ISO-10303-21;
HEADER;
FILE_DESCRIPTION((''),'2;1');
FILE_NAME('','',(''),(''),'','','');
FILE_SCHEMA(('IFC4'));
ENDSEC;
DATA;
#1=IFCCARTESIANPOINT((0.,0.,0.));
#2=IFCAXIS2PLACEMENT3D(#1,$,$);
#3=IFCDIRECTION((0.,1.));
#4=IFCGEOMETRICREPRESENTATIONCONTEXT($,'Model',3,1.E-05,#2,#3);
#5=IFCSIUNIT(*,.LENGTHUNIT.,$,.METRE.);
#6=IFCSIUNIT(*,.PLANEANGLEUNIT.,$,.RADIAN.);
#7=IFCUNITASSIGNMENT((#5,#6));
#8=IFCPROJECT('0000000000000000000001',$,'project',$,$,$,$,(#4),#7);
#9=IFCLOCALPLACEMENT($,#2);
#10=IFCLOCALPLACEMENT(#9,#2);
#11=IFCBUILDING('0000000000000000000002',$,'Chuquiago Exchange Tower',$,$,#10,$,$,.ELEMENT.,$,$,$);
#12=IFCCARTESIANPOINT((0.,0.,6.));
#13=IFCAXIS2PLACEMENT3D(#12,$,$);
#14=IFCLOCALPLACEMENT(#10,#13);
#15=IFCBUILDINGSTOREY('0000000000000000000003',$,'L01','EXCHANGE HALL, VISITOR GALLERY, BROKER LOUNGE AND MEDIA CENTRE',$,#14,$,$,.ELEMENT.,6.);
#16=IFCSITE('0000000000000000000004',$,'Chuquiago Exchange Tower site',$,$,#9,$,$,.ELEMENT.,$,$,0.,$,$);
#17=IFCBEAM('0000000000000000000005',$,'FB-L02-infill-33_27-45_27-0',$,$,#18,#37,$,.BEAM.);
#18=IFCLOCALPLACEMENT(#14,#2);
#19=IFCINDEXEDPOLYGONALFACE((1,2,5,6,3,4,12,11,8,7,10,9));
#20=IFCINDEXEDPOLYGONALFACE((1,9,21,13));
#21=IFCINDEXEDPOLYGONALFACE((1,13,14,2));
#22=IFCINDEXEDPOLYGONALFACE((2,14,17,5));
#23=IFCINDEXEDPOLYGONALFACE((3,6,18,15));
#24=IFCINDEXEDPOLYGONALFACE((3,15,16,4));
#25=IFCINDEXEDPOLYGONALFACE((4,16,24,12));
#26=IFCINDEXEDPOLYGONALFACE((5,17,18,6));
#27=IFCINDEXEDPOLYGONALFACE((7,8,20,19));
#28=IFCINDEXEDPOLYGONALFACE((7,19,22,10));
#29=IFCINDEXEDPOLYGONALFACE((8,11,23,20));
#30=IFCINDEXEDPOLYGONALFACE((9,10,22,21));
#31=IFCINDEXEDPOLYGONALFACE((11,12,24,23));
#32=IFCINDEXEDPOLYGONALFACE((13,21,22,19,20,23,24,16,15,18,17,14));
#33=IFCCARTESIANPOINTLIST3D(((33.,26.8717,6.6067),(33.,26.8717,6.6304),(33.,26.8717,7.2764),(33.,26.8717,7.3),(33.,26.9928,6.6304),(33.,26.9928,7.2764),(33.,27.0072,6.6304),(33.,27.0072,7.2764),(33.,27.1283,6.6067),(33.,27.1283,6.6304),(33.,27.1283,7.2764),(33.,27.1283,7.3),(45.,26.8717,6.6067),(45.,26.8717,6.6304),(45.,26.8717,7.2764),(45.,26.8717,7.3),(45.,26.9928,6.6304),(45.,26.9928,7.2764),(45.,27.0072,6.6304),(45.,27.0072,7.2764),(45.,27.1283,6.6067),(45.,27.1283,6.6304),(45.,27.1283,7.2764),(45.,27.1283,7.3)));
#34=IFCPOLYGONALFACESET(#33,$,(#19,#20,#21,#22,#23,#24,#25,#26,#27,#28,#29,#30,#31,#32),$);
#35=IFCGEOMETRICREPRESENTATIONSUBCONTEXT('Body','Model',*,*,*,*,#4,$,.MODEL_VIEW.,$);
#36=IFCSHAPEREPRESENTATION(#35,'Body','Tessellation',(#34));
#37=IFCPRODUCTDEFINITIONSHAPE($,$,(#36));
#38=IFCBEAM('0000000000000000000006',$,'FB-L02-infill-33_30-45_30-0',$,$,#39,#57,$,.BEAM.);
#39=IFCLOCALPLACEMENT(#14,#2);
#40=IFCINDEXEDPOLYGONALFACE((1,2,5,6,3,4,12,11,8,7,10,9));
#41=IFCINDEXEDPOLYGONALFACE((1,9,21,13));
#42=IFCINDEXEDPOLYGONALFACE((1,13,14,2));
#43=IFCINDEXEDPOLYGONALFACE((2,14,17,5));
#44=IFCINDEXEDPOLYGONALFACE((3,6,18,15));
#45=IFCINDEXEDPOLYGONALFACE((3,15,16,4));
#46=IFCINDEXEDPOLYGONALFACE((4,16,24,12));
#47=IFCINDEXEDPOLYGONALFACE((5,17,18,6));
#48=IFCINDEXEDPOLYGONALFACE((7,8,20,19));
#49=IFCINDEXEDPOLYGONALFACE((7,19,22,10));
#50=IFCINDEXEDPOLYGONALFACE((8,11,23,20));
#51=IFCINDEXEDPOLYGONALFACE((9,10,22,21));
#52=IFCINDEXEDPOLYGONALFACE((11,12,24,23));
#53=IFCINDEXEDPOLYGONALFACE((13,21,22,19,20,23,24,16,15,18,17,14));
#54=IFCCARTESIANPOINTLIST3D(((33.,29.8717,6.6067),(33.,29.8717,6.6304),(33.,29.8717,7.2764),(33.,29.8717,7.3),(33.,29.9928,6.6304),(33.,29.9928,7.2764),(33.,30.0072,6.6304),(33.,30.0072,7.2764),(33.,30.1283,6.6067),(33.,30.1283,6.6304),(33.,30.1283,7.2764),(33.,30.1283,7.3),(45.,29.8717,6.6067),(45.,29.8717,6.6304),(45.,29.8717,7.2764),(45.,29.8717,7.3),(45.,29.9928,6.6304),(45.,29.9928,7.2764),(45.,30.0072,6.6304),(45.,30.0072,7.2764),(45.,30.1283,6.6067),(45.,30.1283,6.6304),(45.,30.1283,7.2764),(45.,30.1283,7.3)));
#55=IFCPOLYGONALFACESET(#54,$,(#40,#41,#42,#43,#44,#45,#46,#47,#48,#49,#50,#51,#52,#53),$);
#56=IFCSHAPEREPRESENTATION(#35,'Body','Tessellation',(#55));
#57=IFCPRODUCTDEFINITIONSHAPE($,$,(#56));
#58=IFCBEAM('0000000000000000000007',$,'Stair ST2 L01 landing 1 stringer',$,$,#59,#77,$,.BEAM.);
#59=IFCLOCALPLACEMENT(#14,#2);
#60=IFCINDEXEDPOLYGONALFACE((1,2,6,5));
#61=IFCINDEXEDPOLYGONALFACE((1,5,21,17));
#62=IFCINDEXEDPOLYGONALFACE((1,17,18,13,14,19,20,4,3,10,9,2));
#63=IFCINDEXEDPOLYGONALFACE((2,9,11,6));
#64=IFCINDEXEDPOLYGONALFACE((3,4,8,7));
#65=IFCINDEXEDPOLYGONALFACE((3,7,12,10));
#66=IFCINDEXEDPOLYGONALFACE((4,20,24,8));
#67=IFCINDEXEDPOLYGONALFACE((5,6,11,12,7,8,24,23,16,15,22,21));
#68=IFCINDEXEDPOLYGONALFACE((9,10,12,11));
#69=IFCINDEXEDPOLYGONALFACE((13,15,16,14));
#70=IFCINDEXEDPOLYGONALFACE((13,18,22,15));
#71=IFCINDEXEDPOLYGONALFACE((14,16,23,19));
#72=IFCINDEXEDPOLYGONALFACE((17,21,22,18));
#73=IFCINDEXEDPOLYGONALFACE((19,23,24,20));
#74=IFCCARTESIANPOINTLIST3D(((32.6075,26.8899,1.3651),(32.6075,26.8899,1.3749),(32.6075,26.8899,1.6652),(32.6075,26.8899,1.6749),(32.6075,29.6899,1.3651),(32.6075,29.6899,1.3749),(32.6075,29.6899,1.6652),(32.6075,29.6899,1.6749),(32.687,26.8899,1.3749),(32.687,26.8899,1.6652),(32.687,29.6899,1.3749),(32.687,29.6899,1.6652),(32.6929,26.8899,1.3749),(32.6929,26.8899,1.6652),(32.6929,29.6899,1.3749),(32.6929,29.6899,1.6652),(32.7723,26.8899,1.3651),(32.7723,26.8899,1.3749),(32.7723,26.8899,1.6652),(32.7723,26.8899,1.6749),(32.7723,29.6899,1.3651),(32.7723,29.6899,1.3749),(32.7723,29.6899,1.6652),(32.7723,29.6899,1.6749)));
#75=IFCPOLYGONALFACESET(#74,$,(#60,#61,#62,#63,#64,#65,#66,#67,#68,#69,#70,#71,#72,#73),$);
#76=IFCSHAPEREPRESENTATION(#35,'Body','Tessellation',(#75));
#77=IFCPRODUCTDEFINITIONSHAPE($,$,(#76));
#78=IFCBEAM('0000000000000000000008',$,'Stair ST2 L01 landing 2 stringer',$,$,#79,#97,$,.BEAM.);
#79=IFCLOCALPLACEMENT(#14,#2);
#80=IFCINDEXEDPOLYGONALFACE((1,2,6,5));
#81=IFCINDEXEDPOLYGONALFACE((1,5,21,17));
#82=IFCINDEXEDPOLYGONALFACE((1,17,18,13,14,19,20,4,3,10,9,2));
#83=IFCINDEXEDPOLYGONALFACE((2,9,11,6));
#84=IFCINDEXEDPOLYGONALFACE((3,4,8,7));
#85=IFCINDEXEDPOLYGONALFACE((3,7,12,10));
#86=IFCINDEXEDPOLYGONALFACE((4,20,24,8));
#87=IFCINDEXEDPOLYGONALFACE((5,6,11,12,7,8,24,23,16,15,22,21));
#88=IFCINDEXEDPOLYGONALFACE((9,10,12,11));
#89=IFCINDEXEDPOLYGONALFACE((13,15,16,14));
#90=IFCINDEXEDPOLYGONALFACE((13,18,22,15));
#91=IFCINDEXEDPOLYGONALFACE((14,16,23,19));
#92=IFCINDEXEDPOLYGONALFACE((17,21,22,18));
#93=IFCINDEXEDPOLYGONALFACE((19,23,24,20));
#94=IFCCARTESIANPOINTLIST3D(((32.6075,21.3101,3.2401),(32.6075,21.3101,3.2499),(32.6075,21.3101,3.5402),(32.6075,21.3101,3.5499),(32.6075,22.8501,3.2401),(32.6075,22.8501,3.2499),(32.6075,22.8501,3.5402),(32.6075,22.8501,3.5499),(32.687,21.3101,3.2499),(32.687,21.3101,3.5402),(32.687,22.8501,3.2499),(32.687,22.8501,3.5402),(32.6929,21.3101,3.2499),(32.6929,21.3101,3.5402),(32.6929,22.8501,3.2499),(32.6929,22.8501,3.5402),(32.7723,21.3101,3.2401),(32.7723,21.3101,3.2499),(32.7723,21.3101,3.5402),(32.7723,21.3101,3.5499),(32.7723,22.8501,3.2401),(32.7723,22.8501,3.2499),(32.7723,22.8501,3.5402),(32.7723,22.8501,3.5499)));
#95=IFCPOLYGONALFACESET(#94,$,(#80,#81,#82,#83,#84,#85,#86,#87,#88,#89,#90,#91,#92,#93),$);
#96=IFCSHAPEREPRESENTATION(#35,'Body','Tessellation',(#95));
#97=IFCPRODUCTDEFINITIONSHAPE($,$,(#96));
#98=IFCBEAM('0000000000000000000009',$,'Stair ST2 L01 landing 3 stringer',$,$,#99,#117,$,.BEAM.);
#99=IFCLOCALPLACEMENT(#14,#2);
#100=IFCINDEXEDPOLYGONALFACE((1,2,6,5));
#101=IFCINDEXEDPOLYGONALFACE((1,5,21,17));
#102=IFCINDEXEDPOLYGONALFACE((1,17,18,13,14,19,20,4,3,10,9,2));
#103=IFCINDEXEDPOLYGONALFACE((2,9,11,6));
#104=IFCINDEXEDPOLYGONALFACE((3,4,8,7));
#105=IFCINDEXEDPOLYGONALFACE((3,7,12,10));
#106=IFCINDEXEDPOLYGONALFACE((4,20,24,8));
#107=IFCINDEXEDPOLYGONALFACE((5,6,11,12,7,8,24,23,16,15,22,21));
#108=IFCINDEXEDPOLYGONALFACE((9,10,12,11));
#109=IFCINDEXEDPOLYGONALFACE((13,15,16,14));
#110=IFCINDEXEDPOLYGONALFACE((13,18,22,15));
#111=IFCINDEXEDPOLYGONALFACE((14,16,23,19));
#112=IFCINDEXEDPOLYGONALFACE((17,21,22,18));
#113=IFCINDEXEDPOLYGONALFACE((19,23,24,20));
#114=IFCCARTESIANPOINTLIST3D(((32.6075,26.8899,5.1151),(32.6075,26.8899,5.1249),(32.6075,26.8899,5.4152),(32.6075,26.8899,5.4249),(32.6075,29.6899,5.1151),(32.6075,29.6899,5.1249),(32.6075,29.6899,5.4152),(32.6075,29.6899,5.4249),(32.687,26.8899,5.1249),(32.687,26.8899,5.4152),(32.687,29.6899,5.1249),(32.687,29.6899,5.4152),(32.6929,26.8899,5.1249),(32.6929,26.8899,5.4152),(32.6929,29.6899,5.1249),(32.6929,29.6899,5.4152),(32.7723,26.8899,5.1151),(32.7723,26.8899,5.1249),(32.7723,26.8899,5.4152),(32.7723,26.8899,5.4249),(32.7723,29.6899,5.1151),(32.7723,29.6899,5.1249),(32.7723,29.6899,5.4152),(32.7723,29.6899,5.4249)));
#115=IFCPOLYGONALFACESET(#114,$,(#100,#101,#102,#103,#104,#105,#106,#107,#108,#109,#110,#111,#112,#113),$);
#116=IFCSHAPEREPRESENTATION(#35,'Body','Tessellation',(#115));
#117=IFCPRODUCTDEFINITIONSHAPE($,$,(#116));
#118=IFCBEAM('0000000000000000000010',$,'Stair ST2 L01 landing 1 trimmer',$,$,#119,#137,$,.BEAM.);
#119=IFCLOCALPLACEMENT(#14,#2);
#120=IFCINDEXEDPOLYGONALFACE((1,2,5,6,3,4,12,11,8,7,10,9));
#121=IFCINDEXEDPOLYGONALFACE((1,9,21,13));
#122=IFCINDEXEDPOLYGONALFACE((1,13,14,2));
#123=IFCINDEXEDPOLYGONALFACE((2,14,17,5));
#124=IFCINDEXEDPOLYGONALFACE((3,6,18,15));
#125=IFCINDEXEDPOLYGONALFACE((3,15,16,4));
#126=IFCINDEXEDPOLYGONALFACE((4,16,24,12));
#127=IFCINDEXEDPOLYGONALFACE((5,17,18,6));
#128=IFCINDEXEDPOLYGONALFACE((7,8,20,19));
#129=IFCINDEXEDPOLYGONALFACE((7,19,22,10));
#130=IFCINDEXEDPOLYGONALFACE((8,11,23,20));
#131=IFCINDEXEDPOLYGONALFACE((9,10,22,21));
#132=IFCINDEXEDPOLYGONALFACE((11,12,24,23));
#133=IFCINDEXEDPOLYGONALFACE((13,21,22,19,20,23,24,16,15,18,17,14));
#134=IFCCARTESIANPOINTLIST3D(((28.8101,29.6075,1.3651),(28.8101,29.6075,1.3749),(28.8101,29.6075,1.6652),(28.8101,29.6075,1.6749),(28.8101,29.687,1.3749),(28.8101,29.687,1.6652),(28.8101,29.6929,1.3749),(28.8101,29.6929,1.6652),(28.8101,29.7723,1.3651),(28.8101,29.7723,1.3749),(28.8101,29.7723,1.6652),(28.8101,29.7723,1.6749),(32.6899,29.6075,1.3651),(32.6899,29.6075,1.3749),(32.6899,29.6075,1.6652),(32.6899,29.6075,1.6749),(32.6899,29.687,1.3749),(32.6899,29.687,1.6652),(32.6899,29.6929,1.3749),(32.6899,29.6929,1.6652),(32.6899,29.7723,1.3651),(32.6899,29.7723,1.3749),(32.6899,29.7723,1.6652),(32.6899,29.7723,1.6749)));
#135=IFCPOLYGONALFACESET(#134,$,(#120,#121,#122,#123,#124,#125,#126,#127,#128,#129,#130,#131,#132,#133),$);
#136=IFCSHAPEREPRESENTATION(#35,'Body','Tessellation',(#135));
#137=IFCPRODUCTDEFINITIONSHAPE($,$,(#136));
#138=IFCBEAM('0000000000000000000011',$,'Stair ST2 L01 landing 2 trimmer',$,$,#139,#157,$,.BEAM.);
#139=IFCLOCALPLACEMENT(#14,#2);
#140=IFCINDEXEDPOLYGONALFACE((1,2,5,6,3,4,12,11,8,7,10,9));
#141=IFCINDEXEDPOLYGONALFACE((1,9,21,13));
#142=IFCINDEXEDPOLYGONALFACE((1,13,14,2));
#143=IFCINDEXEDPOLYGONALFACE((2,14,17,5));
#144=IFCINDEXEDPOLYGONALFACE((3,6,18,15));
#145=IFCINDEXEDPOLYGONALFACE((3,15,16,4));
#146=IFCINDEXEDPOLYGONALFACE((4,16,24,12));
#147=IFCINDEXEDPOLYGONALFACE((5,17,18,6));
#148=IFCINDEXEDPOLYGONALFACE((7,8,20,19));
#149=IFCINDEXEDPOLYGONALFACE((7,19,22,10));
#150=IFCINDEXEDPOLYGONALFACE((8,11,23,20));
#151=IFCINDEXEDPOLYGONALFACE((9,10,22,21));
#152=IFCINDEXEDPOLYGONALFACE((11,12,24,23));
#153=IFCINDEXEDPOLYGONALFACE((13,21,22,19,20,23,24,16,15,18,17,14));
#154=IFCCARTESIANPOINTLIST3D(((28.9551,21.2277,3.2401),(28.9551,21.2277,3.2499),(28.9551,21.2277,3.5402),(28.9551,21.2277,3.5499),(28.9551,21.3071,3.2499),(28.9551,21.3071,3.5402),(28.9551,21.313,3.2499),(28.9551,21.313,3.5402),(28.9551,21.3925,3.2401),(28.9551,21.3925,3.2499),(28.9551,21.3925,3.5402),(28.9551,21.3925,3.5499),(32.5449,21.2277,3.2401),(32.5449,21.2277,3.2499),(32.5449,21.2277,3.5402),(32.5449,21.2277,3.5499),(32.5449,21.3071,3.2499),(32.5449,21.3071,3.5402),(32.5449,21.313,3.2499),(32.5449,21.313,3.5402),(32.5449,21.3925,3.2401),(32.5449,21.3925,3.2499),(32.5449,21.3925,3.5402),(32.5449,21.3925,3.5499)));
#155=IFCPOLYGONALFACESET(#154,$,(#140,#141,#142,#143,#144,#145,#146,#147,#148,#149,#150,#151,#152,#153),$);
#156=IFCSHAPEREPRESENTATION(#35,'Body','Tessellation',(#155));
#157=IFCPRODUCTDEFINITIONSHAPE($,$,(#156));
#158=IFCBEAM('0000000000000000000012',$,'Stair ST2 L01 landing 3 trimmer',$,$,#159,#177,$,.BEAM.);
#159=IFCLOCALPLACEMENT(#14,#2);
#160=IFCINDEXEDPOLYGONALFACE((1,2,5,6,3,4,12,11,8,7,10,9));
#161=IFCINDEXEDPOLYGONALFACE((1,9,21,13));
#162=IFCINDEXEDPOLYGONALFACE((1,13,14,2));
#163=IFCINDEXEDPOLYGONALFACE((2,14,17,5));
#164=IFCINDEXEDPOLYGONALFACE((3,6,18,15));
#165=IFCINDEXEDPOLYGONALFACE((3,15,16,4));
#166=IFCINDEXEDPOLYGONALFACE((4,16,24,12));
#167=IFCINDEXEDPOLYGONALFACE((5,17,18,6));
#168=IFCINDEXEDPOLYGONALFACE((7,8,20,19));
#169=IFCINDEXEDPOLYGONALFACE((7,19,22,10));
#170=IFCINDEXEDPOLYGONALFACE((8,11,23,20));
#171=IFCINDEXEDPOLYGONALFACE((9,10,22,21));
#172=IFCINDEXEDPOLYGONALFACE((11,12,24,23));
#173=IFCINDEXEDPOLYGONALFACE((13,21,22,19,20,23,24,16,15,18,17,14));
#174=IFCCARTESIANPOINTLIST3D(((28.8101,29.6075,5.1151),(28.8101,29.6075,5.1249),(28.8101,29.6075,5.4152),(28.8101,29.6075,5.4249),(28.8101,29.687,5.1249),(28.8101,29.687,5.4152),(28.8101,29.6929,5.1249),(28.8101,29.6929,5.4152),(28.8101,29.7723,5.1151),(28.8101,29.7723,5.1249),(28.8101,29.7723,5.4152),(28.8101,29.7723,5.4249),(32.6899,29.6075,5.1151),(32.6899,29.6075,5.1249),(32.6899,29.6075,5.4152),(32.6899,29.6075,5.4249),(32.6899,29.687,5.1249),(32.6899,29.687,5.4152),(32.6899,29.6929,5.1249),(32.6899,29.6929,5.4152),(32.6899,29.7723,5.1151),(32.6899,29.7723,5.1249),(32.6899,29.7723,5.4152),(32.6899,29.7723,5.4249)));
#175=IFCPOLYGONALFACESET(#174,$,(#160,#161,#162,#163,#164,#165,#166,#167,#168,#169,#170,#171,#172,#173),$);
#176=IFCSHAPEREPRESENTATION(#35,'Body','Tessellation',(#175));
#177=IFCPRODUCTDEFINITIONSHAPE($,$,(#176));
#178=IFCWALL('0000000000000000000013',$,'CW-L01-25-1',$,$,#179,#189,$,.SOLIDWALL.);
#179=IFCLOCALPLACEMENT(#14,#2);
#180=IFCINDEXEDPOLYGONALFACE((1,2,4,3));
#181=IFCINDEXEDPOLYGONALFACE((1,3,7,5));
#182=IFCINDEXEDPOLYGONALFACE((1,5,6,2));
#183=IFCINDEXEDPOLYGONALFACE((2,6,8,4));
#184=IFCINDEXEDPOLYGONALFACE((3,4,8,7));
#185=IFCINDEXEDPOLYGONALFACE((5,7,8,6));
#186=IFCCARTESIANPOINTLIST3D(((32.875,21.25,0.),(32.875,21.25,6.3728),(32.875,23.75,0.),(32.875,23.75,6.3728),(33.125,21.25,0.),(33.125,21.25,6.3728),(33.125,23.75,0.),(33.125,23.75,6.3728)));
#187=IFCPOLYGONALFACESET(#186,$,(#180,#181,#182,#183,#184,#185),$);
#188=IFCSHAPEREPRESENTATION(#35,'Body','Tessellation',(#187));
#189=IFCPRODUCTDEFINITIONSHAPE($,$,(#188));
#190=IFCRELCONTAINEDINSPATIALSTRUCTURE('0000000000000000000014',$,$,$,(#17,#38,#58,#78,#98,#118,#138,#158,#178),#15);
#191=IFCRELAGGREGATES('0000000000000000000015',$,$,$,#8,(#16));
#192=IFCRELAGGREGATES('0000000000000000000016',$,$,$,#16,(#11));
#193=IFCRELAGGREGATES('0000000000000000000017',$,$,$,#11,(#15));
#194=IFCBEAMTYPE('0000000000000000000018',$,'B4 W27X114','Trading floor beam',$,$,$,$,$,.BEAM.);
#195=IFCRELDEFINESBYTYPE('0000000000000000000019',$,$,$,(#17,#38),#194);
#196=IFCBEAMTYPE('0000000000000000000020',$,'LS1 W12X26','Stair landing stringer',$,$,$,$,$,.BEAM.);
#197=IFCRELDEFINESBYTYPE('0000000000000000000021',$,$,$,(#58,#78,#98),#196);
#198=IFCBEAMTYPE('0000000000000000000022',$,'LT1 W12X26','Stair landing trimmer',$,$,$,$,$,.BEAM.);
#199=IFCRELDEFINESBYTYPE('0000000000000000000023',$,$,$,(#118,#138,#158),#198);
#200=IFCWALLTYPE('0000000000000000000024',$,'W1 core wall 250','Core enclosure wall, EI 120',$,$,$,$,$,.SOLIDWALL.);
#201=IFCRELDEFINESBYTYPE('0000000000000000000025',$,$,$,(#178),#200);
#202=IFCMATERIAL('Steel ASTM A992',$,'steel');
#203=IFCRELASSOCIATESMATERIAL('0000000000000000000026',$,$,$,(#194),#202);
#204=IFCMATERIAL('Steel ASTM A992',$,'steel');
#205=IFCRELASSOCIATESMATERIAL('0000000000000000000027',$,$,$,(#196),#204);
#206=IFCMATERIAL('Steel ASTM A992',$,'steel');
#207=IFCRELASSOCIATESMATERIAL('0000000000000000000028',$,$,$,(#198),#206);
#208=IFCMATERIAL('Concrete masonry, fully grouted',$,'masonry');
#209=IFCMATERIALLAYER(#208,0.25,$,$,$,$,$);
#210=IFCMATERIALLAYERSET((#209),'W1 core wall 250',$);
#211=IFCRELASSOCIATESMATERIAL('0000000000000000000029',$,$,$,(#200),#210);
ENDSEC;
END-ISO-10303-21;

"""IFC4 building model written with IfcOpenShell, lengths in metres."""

from ifc_helpers import new_model, si_unit, direction, frame, frame_2d, origin, origin_2d, place, context, subcontext, project, spatial, rectangle, i_section, extrude, material, layer, layer_set, material_profile, profile_set, type_object, element, save


model = new_model("IFC4")

# Units and contexts
model_context = context("Model", 3, precision=1e-05, world=origin(), true_north=direction((0.0, 1.0)))
body_context = subcontext(model_context, "Body", "Model", "MODEL_VIEW")
ifc_project = project(units=[si_unit("LENGTHUNIT", "METRE"), si_unit("PLANEANGLEUNIT", "RADIAN")], contexts=[model_context])

# Site, building, storey
site_placement = place(None, origin())
site = spatial("IfcSite", under=ifc_project, at=site_placement, Name="Chuquiago Exchange Tower site", CompositionType="ELEMENT", RefElevation=0.0)
building_placement = place(site_placement, origin())
building = spatial("IfcBuilding", under=site, at=building_placement, Name="Chuquiago Exchange Tower", CompositionType="ELEMENT")
storey_placement = place(building_placement, frame((0.0, 0.0, 6.0)))
storey = spatial("IfcBuildingStorey", under=building, at=storey_placement, Name="L01", Description="EXCHANGE HALL, VISITOR GALLERY, BROKER LOUNGE AND MEDIA CENTRE", CompositionType="ELEMENT", Elevation=6.0)

# Beams
ifc_material_1 = material(Name="Steel ASTM A992", Category="steel")
ifc_material_profile_1 = material_profile(ifc_material_1, i_section(OverallWidth=0.2566, OverallDepth=0.6934, WebThickness=0.0144, FlangeThickness=0.0237, at=origin_2d()), Name="W27X114")
ifc_profile_set_1 = profile_set([ifc_material_profile_1], Name="Steel ASTM A992")
beam_type_1 = type_object("IfcBeamType", Name="B4 W27X114", Description="Trading floor beam", PredefinedType="BEAM", material=ifc_profile_set_1)
for number, where, z_axis, x_axis, name in (
    (1, (33.0, 27.0, 6.9534), (1.0, 0.0, 0.0), (0.0, 1.0, 0.0), "FB-L02-infill-33_27-45_27-0"),
    (2, (33.0, 30.0, 6.9534), (1.0, 0.0, 0.0), (0.0, 1.0, 0.0), "FB-L02-infill-33_30-45_30-0"),
):
    element("IfcBeam", number, at=place(storey_placement, frame(where, z_axis=z_axis, x_axis=x_axis)), inside=storey, type_object=beam_type_1, Name=name, PredefinedType="BEAM", context=body_context, shape_type="SweptSolid", body=[
        extrude(i_section(OverallWidth=0.2566, OverallDepth=0.6934, WebThickness=0.0144, FlangeThickness=0.0237, at=origin_2d()), origin(), (0.0, 0.0, 1.0), 12.0),
    ])
ifc_material_2 = material(Name="Steel ASTM A992", Category="steel")
ifc_material_profile_2 = material_profile(ifc_material_2, i_section(OverallWidth=0.1648, OverallDepth=0.3098, WebThickness=0.0059, FlangeThickness=0.0098, at=origin_2d()), Name="W12X26")
ifc_profile_set_2 = profile_set([ifc_material_profile_2], Name="Steel ASTM A992")
beam_type_2 = type_object("IfcBeamType", Name="LS1 W12X26", Description="Stair landing stringer", PredefinedType="BEAM", material=ifc_profile_set_2)
beam_1_placement = place(storey_placement, frame((32.6899, 26.8899, 1.52), z_axis=(0.0, 1.0, 0.0), x_axis=(-1.0, 0.0, 0.0)))
element("IfcBeam", 3, at=beam_1_placement, inside=storey, type_object=beam_type_2, Name="Stair ST2 L01 landing 1 stringer", PredefinedType="BEAM", context=body_context, shape_type="SweptSolid", body=[
    extrude(i_section(OverallWidth=0.1648, OverallDepth=0.3098, WebThickness=0.0059, FlangeThickness=0.0098, at=origin_2d()), origin(), (0.0, 0.0, 1.0), 2.8),
])
beam_2_placement = place(storey_placement, frame((32.6899, 21.3101, 3.395), z_axis=(0.0, 1.0, 0.0), x_axis=(-1.0, 0.0, 0.0)))
element("IfcBeam", 4, at=beam_2_placement, inside=storey, type_object=beam_type_2, Name="Stair ST2 L01 landing 2 stringer", PredefinedType="BEAM", context=body_context, shape_type="SweptSolid", body=[
    extrude(i_section(OverallWidth=0.1648, OverallDepth=0.3098, WebThickness=0.0059, FlangeThickness=0.0098, at=origin_2d()), origin(), (0.0, 0.0, 1.0), 1.54),
])
beam_3_placement = place(storey_placement, frame((32.6899, 26.8899, 5.27), z_axis=(0.0, 1.0, 0.0), x_axis=(-1.0, 0.0, 0.0)))
element("IfcBeam", 5, at=beam_3_placement, inside=storey, type_object=beam_type_2, Name="Stair ST2 L01 landing 3 stringer", PredefinedType="BEAM", context=body_context, shape_type="SweptSolid", body=[
    extrude(i_section(OverallWidth=0.1648, OverallDepth=0.3098, WebThickness=0.0059, FlangeThickness=0.0098, at=origin_2d()), origin(), (0.0, 0.0, 1.0), 2.8),
])
ifc_material_3 = material(Name="Steel ASTM A992", Category="steel")
ifc_material_profile_3 = material_profile(ifc_material_3, i_section(OverallWidth=0.1648, OverallDepth=0.3098, WebThickness=0.0059, FlangeThickness=0.0098, at=origin_2d()), Name="W12X26")
ifc_profile_set_3 = profile_set([ifc_material_profile_3], Name="Steel ASTM A992")
beam_type_3 = type_object("IfcBeamType", Name="LT1 W12X26", Description="Stair landing trimmer", PredefinedType="BEAM", material=ifc_profile_set_3)
beam_4_placement = place(storey_placement, frame((28.8101, 29.6899, 1.52), z_axis=(1.0, 0.0, 0.0), x_axis=(0.0, 1.0, 0.0)))
element("IfcBeam", 6, at=beam_4_placement, inside=storey, type_object=beam_type_3, Name="Stair ST2 L01 landing 1 trimmer", PredefinedType="BEAM", context=body_context, shape_type="SweptSolid", body=[
    extrude(i_section(OverallWidth=0.1648, OverallDepth=0.3098, WebThickness=0.0059, FlangeThickness=0.0098, at=origin_2d()), origin(), (0.0, 0.0, 1.0), 3.8799),
])
beam_5_placement = place(storey_placement, frame((28.9551, 21.3101, 3.395), z_axis=(1.0, 0.0, 0.0), x_axis=(0.0, 1.0, 0.0)))
element("IfcBeam", 7, at=beam_5_placement, inside=storey, type_object=beam_type_3, Name="Stair ST2 L01 landing 2 trimmer", PredefinedType="BEAM", context=body_context, shape_type="SweptSolid", body=[
    extrude(i_section(OverallWidth=0.1648, OverallDepth=0.3098, WebThickness=0.0059, FlangeThickness=0.0098, at=origin_2d()), origin(), (0.0, 0.0, 1.0), 3.5898),
])
beam_6_placement = place(storey_placement, frame((28.8101, 29.6899, 5.27), z_axis=(1.0, 0.0, 0.0), x_axis=(0.0, 1.0, 0.0)))
element("IfcBeam", 8, at=beam_6_placement, inside=storey, type_object=beam_type_3, Name="Stair ST2 L01 landing 3 trimmer", PredefinedType="BEAM", context=body_context, shape_type="SweptSolid", body=[
    extrude(i_section(OverallWidth=0.1648, OverallDepth=0.3098, WebThickness=0.0059, FlangeThickness=0.0098, at=origin_2d()), origin(), (0.0, 0.0, 1.0), 3.8799),
])

# Wall
ifc_material_4 = material(Name="Concrete masonry, fully grouted", Category="masonry")
ifc_layer = layer(ifc_material_4, 0.25)
ifc_layer_set = layer_set([ifc_layer], Name="W1 core wall 250")
wall_type = type_object("IfcWallType", Name="W1 core wall 250", Description="Core enclosure wall, EI 120", PredefinedType="SOLIDWALL", material=ifc_layer_set)
wall_1_placement = place(storey_placement, frame((33.0, 21.25, 0.0), z_axis=(0.0, 0.0, 1.0), x_axis=(0.0, 1.0, 0.0)))
element("IfcWall", 9, at=wall_1_placement, inside=storey, type_object=wall_type, Name="CW-L01-25-1", PredefinedType="SOLIDWALL", context=body_context, shape_type="SweptSolid", body=[
    extrude(rectangle(XDim=2.5, YDim=0.25, at=frame_2d((1.25, 0.0))), origin(), (0.0, 0.0, 1.0), 6.3728),
])

save(model, "model.ifc")
